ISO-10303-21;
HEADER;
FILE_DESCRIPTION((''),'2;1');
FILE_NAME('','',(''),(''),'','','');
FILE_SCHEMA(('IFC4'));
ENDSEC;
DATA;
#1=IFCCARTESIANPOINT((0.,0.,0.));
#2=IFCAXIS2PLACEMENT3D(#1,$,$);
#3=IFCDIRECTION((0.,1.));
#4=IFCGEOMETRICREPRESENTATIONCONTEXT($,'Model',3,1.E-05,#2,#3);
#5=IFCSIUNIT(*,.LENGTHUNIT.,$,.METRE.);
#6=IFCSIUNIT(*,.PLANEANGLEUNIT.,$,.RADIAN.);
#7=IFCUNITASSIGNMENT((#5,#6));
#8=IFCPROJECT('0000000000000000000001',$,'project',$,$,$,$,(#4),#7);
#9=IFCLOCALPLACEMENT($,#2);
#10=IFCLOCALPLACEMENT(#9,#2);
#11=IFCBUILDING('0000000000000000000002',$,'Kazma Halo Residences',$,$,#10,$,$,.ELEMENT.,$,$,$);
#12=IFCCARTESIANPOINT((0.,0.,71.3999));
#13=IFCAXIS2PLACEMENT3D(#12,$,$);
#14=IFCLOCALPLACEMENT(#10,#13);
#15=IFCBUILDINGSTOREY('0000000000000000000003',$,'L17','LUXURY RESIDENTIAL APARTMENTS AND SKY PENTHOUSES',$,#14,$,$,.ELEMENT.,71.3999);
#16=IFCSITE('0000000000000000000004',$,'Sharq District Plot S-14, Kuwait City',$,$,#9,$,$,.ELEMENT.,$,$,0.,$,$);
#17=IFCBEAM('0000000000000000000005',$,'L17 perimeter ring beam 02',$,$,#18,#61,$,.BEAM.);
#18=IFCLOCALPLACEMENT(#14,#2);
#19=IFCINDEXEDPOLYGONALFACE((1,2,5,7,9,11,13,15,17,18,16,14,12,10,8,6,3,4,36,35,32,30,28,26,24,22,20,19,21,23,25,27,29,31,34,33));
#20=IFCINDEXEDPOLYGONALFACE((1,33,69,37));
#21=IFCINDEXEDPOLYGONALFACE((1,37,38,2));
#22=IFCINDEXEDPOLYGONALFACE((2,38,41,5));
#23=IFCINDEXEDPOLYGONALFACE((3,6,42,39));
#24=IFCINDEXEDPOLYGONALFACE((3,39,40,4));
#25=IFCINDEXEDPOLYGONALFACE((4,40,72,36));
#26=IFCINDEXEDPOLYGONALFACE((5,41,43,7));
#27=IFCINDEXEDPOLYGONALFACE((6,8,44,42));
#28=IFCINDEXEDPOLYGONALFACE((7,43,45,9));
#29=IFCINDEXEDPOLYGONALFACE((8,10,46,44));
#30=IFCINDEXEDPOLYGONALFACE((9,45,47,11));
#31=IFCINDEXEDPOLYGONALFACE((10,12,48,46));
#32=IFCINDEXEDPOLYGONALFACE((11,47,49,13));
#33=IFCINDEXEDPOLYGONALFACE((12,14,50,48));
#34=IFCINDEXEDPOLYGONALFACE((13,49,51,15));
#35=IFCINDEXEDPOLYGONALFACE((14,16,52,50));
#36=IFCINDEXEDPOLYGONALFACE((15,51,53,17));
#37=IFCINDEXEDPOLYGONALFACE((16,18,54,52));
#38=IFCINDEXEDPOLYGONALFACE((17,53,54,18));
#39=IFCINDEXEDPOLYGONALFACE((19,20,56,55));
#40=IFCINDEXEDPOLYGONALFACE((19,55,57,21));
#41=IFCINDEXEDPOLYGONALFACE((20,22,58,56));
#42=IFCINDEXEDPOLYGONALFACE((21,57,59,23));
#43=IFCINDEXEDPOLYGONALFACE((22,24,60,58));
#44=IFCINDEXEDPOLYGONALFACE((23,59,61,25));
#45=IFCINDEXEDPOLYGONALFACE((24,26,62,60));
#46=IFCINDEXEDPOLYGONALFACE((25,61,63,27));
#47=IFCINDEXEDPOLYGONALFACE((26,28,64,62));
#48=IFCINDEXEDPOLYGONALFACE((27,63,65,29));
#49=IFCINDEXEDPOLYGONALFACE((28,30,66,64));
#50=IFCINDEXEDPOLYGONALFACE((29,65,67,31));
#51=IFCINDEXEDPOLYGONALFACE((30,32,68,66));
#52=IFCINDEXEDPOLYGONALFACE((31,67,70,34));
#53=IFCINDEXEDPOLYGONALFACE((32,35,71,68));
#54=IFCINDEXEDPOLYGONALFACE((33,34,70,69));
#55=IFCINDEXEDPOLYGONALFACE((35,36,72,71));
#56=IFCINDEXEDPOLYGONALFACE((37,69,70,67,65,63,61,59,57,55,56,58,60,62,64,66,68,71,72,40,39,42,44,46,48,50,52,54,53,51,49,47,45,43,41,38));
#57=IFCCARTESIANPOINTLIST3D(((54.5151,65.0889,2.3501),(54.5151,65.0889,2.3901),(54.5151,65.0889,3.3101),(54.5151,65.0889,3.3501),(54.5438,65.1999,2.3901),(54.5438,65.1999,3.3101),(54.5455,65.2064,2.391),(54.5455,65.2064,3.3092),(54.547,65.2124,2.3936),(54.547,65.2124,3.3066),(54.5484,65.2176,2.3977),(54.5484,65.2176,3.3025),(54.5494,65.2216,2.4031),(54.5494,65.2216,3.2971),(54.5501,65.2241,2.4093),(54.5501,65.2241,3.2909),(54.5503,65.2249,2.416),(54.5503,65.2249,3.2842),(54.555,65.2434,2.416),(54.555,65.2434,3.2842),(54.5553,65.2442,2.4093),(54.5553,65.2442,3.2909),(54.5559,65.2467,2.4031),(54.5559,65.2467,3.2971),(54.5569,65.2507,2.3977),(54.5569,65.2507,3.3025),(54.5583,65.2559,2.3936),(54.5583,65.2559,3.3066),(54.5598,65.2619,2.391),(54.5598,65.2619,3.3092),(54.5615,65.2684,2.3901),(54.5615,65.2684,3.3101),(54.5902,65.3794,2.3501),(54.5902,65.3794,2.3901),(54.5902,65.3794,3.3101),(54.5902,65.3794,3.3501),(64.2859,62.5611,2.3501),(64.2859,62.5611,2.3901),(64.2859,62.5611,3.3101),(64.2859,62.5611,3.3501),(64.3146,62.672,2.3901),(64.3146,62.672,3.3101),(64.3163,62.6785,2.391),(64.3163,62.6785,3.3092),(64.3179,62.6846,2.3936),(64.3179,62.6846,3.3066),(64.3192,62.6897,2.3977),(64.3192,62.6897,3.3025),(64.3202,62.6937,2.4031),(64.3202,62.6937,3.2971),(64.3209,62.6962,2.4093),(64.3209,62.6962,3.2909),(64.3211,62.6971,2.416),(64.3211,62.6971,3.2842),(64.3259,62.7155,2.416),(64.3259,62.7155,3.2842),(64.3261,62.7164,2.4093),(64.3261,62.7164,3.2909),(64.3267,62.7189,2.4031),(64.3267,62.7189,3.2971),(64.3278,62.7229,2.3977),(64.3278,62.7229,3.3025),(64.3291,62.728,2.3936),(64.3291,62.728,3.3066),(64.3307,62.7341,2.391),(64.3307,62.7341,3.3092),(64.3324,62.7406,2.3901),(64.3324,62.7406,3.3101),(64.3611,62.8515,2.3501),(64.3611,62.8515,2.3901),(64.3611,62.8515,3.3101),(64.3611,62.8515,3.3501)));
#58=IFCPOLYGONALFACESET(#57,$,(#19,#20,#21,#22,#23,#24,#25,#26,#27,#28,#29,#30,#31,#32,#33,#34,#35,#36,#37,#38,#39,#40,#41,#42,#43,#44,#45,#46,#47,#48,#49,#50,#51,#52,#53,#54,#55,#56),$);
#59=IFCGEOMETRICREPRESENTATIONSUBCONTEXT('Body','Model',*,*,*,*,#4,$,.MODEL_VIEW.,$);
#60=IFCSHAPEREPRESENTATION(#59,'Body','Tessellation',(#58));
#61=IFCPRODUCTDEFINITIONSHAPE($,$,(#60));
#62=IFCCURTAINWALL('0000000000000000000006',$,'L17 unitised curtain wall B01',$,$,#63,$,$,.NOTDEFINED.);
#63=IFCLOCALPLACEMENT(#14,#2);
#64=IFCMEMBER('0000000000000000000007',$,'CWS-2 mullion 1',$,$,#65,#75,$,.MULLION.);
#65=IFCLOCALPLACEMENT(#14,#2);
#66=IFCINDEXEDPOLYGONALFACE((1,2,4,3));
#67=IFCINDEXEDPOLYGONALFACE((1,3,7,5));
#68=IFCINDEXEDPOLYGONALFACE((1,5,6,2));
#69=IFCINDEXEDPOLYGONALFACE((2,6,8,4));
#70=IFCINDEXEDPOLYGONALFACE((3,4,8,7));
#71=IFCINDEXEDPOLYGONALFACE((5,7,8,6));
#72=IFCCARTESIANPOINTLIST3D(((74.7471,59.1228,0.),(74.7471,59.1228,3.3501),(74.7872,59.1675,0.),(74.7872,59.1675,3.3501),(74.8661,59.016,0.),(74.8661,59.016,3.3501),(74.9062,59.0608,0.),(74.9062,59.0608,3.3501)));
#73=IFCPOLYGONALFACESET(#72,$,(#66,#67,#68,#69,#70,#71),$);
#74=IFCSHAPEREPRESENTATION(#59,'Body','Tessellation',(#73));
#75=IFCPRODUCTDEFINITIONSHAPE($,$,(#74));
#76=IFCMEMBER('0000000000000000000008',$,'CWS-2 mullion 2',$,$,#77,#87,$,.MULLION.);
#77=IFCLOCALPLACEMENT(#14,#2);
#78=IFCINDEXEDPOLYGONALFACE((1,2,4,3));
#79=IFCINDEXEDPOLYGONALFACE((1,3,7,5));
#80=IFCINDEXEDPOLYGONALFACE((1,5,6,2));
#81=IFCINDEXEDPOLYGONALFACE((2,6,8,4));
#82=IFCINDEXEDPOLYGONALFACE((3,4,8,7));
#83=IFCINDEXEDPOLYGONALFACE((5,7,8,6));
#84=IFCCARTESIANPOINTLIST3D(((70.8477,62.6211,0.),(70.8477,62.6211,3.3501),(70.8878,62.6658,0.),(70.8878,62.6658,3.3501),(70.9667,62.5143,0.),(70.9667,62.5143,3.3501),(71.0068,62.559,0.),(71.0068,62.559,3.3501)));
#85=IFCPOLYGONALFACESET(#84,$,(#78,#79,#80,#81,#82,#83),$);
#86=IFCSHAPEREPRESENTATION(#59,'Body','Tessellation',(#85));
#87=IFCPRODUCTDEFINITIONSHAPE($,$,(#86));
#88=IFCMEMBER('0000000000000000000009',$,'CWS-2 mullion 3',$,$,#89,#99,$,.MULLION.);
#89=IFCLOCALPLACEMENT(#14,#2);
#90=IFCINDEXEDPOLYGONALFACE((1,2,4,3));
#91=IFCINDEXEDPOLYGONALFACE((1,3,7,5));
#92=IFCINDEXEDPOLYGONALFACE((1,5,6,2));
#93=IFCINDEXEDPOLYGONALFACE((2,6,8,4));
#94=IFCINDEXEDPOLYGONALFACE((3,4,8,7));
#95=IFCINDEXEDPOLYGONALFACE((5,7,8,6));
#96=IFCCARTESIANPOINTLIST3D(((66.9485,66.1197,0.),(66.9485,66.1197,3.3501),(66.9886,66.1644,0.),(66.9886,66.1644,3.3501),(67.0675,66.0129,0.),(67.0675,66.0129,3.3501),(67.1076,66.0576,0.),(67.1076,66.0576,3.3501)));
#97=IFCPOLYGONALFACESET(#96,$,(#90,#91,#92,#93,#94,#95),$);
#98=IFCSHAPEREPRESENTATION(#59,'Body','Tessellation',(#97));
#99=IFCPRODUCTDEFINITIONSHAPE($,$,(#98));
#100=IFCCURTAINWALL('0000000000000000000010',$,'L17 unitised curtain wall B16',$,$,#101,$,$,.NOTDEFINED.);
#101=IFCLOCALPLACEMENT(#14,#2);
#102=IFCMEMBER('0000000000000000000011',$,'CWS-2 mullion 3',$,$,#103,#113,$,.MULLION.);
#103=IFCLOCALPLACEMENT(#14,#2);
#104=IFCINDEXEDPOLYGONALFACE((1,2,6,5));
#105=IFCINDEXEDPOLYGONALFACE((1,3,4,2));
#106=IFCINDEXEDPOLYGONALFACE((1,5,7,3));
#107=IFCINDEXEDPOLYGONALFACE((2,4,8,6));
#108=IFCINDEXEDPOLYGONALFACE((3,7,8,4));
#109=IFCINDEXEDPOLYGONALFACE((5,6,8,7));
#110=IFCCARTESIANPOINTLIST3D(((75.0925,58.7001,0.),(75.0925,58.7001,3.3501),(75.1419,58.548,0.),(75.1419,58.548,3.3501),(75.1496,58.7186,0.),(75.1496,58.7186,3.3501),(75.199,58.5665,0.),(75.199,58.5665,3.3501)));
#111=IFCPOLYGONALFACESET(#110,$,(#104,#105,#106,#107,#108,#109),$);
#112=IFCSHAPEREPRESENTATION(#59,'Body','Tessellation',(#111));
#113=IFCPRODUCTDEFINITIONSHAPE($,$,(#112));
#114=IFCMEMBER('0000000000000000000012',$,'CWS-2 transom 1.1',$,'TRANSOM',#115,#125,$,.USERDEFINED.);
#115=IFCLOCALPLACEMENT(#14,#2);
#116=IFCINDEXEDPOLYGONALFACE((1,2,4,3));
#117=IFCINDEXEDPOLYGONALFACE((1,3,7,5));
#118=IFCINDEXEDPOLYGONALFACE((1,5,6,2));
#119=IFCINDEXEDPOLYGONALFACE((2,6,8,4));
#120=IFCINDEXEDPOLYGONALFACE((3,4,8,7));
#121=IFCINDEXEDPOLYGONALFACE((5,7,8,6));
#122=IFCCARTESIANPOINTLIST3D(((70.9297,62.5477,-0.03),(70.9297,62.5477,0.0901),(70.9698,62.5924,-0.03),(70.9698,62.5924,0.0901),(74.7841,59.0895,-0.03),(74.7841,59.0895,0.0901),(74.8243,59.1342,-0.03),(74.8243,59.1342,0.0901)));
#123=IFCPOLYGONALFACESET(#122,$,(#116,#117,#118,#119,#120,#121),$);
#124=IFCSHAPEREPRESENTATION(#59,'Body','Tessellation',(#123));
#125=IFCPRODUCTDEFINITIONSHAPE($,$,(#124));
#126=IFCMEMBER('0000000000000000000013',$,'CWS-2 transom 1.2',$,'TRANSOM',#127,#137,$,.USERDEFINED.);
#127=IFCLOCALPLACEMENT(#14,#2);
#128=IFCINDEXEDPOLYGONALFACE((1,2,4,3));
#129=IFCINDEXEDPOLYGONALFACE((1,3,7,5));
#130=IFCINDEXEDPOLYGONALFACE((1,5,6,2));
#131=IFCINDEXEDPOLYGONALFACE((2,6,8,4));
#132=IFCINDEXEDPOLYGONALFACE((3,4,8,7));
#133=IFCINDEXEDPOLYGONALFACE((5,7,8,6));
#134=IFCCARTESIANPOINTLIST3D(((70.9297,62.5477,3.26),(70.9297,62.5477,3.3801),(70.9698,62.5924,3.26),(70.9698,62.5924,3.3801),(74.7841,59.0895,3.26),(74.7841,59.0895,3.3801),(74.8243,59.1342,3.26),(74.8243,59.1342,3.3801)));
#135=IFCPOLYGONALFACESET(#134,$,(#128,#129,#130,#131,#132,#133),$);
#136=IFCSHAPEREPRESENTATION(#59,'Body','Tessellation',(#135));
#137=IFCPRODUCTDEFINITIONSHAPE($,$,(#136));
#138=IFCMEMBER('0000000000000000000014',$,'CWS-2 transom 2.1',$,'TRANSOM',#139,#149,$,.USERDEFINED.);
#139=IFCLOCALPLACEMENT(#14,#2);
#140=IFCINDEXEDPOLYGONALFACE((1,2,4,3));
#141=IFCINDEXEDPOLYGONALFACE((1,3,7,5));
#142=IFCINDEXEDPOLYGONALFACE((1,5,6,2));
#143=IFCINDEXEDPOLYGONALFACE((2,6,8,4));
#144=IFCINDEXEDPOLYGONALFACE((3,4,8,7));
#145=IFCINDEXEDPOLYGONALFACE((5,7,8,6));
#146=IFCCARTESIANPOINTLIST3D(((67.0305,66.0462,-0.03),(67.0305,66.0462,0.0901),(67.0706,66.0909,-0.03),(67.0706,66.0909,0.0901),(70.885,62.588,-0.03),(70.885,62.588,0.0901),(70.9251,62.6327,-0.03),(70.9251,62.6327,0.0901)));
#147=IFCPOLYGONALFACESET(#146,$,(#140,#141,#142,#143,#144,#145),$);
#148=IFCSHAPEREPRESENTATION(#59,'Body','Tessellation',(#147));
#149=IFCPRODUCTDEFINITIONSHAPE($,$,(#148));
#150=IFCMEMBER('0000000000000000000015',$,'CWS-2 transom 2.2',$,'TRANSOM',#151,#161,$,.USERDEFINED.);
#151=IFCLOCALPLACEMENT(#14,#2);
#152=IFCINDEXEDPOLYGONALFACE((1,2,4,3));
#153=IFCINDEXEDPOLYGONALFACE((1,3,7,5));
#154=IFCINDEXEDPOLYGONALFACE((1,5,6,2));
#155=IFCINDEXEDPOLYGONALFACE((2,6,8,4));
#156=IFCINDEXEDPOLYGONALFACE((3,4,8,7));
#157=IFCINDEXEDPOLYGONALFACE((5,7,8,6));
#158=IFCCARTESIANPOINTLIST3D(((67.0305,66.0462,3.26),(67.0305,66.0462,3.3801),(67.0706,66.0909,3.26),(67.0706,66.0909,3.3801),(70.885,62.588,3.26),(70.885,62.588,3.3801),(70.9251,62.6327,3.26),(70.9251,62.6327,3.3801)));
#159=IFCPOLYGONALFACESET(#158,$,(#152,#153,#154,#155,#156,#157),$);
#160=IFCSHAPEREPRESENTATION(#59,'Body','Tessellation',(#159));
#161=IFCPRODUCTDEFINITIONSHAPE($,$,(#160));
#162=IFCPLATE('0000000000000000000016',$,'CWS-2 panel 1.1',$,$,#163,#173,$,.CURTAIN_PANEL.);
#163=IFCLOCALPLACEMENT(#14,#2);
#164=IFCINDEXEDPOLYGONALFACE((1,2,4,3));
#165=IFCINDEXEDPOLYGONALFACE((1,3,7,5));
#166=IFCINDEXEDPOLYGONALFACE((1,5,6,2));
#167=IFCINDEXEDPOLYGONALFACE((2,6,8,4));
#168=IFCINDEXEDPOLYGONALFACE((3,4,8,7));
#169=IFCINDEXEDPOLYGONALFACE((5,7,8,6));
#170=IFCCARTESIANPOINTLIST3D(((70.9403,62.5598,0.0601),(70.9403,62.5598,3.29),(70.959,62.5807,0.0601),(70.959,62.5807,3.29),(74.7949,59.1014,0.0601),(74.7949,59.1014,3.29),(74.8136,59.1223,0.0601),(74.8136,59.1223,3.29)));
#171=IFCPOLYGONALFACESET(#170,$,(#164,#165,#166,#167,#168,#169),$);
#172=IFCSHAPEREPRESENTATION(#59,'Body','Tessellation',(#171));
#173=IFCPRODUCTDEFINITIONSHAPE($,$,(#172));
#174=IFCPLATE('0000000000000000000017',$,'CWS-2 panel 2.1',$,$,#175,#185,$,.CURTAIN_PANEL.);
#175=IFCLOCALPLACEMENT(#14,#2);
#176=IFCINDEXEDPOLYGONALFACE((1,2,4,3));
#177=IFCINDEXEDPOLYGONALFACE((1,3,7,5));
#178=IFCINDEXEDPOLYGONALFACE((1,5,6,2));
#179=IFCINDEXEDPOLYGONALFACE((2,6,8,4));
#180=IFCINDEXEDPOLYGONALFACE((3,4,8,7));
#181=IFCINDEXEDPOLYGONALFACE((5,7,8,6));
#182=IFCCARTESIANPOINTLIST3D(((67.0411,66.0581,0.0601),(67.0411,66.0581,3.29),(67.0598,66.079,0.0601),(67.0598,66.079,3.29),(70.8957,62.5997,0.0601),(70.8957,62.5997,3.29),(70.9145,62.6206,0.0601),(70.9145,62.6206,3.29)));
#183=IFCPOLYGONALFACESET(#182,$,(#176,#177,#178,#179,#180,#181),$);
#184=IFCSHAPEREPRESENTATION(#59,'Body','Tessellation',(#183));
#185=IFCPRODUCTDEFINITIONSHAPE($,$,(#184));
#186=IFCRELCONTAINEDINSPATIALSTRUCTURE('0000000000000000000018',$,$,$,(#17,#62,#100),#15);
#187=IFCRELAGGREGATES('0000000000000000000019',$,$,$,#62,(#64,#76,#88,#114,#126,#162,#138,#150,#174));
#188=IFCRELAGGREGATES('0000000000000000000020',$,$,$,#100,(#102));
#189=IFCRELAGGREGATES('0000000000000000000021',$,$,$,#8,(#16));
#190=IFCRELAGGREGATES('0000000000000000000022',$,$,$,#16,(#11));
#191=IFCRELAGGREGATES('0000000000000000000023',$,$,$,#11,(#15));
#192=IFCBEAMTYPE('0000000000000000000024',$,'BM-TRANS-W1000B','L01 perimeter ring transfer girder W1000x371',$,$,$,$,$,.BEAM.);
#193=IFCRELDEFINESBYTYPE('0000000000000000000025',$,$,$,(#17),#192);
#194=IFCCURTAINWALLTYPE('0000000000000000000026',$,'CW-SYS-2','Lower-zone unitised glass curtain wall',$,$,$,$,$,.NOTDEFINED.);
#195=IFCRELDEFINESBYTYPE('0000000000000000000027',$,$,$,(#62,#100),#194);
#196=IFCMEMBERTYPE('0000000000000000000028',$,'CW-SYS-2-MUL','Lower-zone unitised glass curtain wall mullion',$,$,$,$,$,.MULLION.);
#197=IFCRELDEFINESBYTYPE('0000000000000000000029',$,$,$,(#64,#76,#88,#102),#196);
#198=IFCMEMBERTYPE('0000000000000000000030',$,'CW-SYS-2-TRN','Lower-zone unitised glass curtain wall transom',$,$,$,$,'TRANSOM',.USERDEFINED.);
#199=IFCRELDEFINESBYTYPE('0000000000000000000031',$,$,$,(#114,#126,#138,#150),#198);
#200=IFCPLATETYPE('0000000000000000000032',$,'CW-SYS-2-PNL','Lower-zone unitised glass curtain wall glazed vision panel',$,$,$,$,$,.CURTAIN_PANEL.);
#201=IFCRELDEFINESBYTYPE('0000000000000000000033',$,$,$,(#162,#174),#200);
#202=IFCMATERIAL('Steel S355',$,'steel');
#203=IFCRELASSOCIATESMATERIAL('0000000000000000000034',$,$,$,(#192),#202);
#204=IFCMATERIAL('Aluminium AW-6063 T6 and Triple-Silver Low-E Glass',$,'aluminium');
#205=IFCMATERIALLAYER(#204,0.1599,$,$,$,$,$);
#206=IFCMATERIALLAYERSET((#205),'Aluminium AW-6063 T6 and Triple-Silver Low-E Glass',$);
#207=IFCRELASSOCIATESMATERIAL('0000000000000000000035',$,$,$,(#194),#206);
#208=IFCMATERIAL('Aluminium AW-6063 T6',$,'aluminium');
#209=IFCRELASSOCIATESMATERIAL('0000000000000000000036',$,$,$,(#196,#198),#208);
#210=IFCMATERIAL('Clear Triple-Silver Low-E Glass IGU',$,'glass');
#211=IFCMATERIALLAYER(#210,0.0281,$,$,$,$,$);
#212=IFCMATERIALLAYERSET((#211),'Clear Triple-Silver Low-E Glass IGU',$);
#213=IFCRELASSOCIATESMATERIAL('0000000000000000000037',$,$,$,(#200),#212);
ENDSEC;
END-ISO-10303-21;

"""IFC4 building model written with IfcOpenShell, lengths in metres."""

from ifc_helpers import new_model, si_unit, direction, frame, origin, origin_2d, place, context, subcontext, project, spatial, rectangle, i_section, extrude, material, layer, layer_set, material_profile, profile_set, type_object, element, aggregate, save


model = new_model("IFC4")

# Units and contexts
model_context = context("Model", 3, precision=1e-05, world=origin(), true_north=direction((0.0, 1.0)))
body_context = subcontext(model_context, "Body", "Model", "MODEL_VIEW")
ifc_project = project(units=[si_unit("LENGTHUNIT", "METRE"), si_unit("PLANEANGLEUNIT", "RADIAN")], contexts=[model_context])

# Site, building, storey
site_placement = place(None, origin())
site = spatial("IfcSite", under=ifc_project, at=site_placement, Name="Sharq District Plot S-14, Kuwait City", CompositionType="ELEMENT", RefElevation=0.0)
building_placement = place(site_placement, origin())
building = spatial("IfcBuilding", under=site, at=building_placement, Name="Kazma Halo Residences", CompositionType="ELEMENT")
storey_placement = place(building_placement, frame((0.0, 0.0, 71.3999)))
storey = spatial("IfcBuildingStorey", under=building, at=storey_placement, Name="L17", Description="LUXURY RESIDENTIAL APARTMENTS AND SKY PENTHOUSES", CompositionType="ELEMENT", Elevation=71.3999)

# Beam
ifc_material_1 = material(Name="Steel S355", Category="steel")
ifc_material_profile_1 = material_profile(ifc_material_1, i_section(OverallWidth=0.3, OverallDepth=1.0, WebThickness=0.019, FlangeThickness=0.04, FilletRadius=0.0259, at=origin_2d()), Name="W1000x371")
ifc_profile_set_1 = profile_set([ifc_material_profile_1], Name="Steel S355")
beam_type = type_object("IfcBeamType", Name="BM-TRANS-W1000B", Description="L01 perimeter ring transfer girder W1000x371", PredefinedType="BEAM", material=ifc_profile_set_1)
beam_1_placement = place(storey_placement, frame((64.3235, 62.7063, 2.8501), z_axis=(-0.968125, 0.250468, 0.0), x_axis=(-0.250468, -0.968125, 0.0)))
element("IfcBeam", 1, at=beam_1_placement, inside=storey, type_object=beam_type, Name="L17 perimeter ring beam 02", PredefinedType="BEAM", context=body_context, shape_type="SweptSolid", body=[
    extrude(i_section(OverallWidth=0.3, OverallDepth=1.0, WebThickness=0.019, FlangeThickness=0.04, FilletRadius=0.0259, at=origin_2d()), origin(), (0.0, 0.0, 1.0), 10.0925),
])

# Curtain wall, members
ifc_material_2 = material(Name="Aluminium AW-6063 T6 and Triple-Silver Low-E Glass", Category="aluminium")
ifc_layer_1 = layer(ifc_material_2, 0.1599)
ifc_layer_set_1 = layer_set([ifc_layer_1], Name="Aluminium AW-6063 T6 and Triple-Silver Low-E Glass")
curtain_wall_type = type_object("IfcCurtainWallType", Name="CW-SYS-2", Description="Lower-zone unitised glass curtain wall", PredefinedType="NOTDEFINED", material=ifc_layer_set_1)
curtain_wall_1_placement = place(storey_placement, origin())
curtain_wall_1 = element("IfcCurtainWall", 2, at=curtain_wall_1_placement, inside=storey, type_object=curtain_wall_type, Name="L17 unitised curtain wall B01", PredefinedType="NOTDEFINED")
ifc_material_3 = material(Name="Aluminium AW-6063 T6", Category="aluminium")
ifc_material_profile_2 = material_profile(ifc_material_3, rectangle(XDim=0.0601, YDim=0.1599, at=origin_2d()), Name="CWM-60x160")
ifc_profile_set_2 = profile_set([ifc_material_profile_2], Name="Aluminium AW-6063 T6")
member_type_1 = type_object("IfcMemberType", Name="CW-SYS-2-MUL", Description="Lower-zone unitised glass curtain wall mullion", PredefinedType="MULLION", material=ifc_profile_set_2)
member_1_placement = place(storey_placement, frame((74.8267, 59.0918, 0.0), z_axis=(0.0, 0.0, 1.0), x_axis=(-0.667821, -0.744322, 0.0)))
member_1 = element("IfcMember", 3, at=member_1_placement, type_object=member_type_1, Name="CWS-2 mullion 1", PredefinedType="MULLION", context=body_context, shape_type="SweptSolid", body=[
    extrude(rectangle(XDim=0.0601, YDim=0.1599, at=origin_2d()), origin(), (0.0, 0.0, 1.0), 3.3501),
])
member_2_placement = place(storey_placement, frame((70.9272, 62.5901, 0.0), z_axis=(0.0, 0.0, 1.0), x_axis=(-0.667821, -0.744322, 0.0)))
member_2 = element("IfcMember", 4, at=member_2_placement, type_object=member_type_1, Name="CWS-2 mullion 2", PredefinedType="MULLION", context=body_context, shape_type="SweptSolid", body=[
    extrude(rectangle(XDim=0.0601, YDim=0.1599, at=origin_2d()), origin(), (0.0, 0.0, 1.0), 3.3501),
])
member_3_placement = place(storey_placement, frame((67.0281, 66.0886, 0.0), z_axis=(0.0, 0.0, 1.0), x_axis=(-0.667821, -0.744322, 0.0)))
member_3 = element("IfcMember", 5, at=member_3_placement, type_object=member_type_1, Name="CWS-2 mullion 3", PredefinedType="MULLION", context=body_context, shape_type="SweptSolid", body=[
    extrude(rectangle(XDim=0.0601, YDim=0.1599, at=origin_2d()), origin(), (0.0, 0.0, 1.0), 3.3501),
])

# Curtain wall, member
curtain_wall_2_placement = place(storey_placement, origin())
curtain_wall_2 = element("IfcCurtainWall", 6, at=curtain_wall_2_placement, inside=storey, type_object=curtain_wall_type, Name="L17 unitised curtain wall B16", PredefinedType="NOTDEFINED")
member_4_placement = place(storey_placement, frame((75.1458, 58.6333, 0.0), z_axis=(0.0, 0.0, 1.0), x_axis=(-0.951057, -0.309017, 0.0)))
member_4 = element("IfcMember", 7, at=member_4_placement, type_object=member_type_1, Name="CWS-2 mullion 3", PredefinedType="MULLION", context=body_context, shape_type="SweptSolid", body=[
    extrude(rectangle(XDim=0.0601, YDim=0.1599, at=origin_2d()), origin(), (0.0, 0.0, 1.0), 3.3501),
])

# Members
ifc_material_profile_3 = material_profile(ifc_material_3, rectangle(XDim=0.0601, YDim=0.1201, at=origin_2d()), Name="CWT-60x120")
ifc_profile_set_3 = profile_set([ifc_material_profile_3], Name="Aluminium AW-6063 T6")
member_type_2 = type_object("IfcMemberType", Name="CW-SYS-2-TRN", Description="Lower-zone unitised glass curtain wall transom", ElementType="TRANSOM", PredefinedType="USERDEFINED", material=ifc_profile_set_3)
member_5_placement = place(storey_placement, frame((74.8042, 59.1118, 0.03), z_axis=(-0.744329, 0.667813, 0.0), x_axis=(-0.667813, -0.744329, 0.0)))
member_5 = element("IfcMember", 8, at=member_5_placement, type_object=member_type_2, Name="CWS-2 transom 1.1", ObjectType="TRANSOM", PredefinedType="USERDEFINED", context=body_context, shape_type="SweptSolid", body=[
    extrude(rectangle(XDim=0.0601, YDim=0.1201, at=origin_2d()), origin(), (0.0, 0.0, 1.0), 5.1785),
])
member_6_placement = place(storey_placement, frame((74.8042, 59.1118, 3.3201), z_axis=(-0.744329, 0.667813, 0.0), x_axis=(-0.667813, -0.744329, 0.0)))
member_6 = element("IfcMember", 9, at=member_6_placement, type_object=member_type_2, Name="CWS-2 transom 1.2", ObjectType="TRANSOM", PredefinedType="USERDEFINED", context=body_context, shape_type="SweptSolid", body=[
    extrude(rectangle(XDim=0.0601, YDim=0.1201, at=origin_2d()), origin(), (0.0, 0.0, 1.0), 5.1785),
])
member_7_placement = place(storey_placement, frame((70.905, 62.6104, 0.03), z_axis=(-0.744329, 0.667813, 0.0), x_axis=(-0.667813, -0.744329, 0.0)))
member_7 = element("IfcMember", 10, at=member_7_placement, type_object=member_type_2, Name="CWS-2 transom 2.1", ObjectType="TRANSOM", PredefinedType="USERDEFINED", context=body_context, shape_type="SweptSolid", body=[
    extrude(rectangle(XDim=0.0601, YDim=0.1201, at=origin_2d()), origin(), (0.0, 0.0, 1.0), 5.1785),
])
member_8_placement = place(storey_placement, frame((70.905, 62.6104, 3.3201), z_axis=(-0.744329, 0.667813, 0.0), x_axis=(-0.667813, -0.744329, 0.0)))
member_8 = element("IfcMember", 11, at=member_8_placement, type_object=member_type_2, Name="CWS-2 transom 2.2", ObjectType="TRANSOM", PredefinedType="USERDEFINED", context=body_context, shape_type="SweptSolid", body=[
    extrude(rectangle(XDim=0.0601, YDim=0.1201, at=origin_2d()), origin(), (0.0, 0.0, 1.0), 5.1785),
])

# Plates
ifc_material_4 = material(Name="Clear Triple-Silver Low-E Glass IGU", Category="glass")
ifc_layer_2 = layer(ifc_material_4, 0.0281)
ifc_layer_set_2 = layer_set([ifc_layer_2], Name="Clear Triple-Silver Low-E Glass IGU")
plate_type = type_object("IfcPlateType", Name="CW-SYS-2-PNL", Description="Lower-zone unitised glass curtain wall glazed vision panel", PredefinedType="CURTAIN_PANEL", material=ifc_layer_set_2)
plate_1_placement = place(storey_placement, frame((72.877, 60.8411, 0.0601), z_axis=(0.0, 0.0, 1.0), x_axis=(-0.744322, 0.667821, 0.0)))
plate_1 = element("IfcPlate", 12, at=plate_1_placement, type_object=plate_type, Name="CWS-2 panel 1.1", PredefinedType="CURTAIN_PANEL", context=body_context, shape_type="SweptSolid", body=[
    extrude(rectangle(XDim=5.1787, YDim=0.0281, at=origin_2d()), origin(), (0.0, 0.0, 1.0), 3.23),
])
plate_2_placement = place(storey_placement, frame((68.9778, 64.3394, 0.0601), z_axis=(0.0, 0.0, 1.0), x_axis=(-0.744322, 0.667821, 0.0)))
plate_2 = element("IfcPlate", 13, at=plate_2_placement, type_object=plate_type, Name="CWS-2 panel 2.1", PredefinedType="CURTAIN_PANEL", context=body_context, shape_type="SweptSolid", body=[
    extrude(rectangle(XDim=5.1787, YDim=0.0281, at=origin_2d()), origin(), (0.0, 0.0, 1.0), 3.23),
])
aggregate(curtain_wall_1, [member_1, member_2, member_3, member_5, member_6, plate_1, member_7, member_8, plate_2])
aggregate(curtain_wall_2, [member_4])

save(model, "model.ifc")
